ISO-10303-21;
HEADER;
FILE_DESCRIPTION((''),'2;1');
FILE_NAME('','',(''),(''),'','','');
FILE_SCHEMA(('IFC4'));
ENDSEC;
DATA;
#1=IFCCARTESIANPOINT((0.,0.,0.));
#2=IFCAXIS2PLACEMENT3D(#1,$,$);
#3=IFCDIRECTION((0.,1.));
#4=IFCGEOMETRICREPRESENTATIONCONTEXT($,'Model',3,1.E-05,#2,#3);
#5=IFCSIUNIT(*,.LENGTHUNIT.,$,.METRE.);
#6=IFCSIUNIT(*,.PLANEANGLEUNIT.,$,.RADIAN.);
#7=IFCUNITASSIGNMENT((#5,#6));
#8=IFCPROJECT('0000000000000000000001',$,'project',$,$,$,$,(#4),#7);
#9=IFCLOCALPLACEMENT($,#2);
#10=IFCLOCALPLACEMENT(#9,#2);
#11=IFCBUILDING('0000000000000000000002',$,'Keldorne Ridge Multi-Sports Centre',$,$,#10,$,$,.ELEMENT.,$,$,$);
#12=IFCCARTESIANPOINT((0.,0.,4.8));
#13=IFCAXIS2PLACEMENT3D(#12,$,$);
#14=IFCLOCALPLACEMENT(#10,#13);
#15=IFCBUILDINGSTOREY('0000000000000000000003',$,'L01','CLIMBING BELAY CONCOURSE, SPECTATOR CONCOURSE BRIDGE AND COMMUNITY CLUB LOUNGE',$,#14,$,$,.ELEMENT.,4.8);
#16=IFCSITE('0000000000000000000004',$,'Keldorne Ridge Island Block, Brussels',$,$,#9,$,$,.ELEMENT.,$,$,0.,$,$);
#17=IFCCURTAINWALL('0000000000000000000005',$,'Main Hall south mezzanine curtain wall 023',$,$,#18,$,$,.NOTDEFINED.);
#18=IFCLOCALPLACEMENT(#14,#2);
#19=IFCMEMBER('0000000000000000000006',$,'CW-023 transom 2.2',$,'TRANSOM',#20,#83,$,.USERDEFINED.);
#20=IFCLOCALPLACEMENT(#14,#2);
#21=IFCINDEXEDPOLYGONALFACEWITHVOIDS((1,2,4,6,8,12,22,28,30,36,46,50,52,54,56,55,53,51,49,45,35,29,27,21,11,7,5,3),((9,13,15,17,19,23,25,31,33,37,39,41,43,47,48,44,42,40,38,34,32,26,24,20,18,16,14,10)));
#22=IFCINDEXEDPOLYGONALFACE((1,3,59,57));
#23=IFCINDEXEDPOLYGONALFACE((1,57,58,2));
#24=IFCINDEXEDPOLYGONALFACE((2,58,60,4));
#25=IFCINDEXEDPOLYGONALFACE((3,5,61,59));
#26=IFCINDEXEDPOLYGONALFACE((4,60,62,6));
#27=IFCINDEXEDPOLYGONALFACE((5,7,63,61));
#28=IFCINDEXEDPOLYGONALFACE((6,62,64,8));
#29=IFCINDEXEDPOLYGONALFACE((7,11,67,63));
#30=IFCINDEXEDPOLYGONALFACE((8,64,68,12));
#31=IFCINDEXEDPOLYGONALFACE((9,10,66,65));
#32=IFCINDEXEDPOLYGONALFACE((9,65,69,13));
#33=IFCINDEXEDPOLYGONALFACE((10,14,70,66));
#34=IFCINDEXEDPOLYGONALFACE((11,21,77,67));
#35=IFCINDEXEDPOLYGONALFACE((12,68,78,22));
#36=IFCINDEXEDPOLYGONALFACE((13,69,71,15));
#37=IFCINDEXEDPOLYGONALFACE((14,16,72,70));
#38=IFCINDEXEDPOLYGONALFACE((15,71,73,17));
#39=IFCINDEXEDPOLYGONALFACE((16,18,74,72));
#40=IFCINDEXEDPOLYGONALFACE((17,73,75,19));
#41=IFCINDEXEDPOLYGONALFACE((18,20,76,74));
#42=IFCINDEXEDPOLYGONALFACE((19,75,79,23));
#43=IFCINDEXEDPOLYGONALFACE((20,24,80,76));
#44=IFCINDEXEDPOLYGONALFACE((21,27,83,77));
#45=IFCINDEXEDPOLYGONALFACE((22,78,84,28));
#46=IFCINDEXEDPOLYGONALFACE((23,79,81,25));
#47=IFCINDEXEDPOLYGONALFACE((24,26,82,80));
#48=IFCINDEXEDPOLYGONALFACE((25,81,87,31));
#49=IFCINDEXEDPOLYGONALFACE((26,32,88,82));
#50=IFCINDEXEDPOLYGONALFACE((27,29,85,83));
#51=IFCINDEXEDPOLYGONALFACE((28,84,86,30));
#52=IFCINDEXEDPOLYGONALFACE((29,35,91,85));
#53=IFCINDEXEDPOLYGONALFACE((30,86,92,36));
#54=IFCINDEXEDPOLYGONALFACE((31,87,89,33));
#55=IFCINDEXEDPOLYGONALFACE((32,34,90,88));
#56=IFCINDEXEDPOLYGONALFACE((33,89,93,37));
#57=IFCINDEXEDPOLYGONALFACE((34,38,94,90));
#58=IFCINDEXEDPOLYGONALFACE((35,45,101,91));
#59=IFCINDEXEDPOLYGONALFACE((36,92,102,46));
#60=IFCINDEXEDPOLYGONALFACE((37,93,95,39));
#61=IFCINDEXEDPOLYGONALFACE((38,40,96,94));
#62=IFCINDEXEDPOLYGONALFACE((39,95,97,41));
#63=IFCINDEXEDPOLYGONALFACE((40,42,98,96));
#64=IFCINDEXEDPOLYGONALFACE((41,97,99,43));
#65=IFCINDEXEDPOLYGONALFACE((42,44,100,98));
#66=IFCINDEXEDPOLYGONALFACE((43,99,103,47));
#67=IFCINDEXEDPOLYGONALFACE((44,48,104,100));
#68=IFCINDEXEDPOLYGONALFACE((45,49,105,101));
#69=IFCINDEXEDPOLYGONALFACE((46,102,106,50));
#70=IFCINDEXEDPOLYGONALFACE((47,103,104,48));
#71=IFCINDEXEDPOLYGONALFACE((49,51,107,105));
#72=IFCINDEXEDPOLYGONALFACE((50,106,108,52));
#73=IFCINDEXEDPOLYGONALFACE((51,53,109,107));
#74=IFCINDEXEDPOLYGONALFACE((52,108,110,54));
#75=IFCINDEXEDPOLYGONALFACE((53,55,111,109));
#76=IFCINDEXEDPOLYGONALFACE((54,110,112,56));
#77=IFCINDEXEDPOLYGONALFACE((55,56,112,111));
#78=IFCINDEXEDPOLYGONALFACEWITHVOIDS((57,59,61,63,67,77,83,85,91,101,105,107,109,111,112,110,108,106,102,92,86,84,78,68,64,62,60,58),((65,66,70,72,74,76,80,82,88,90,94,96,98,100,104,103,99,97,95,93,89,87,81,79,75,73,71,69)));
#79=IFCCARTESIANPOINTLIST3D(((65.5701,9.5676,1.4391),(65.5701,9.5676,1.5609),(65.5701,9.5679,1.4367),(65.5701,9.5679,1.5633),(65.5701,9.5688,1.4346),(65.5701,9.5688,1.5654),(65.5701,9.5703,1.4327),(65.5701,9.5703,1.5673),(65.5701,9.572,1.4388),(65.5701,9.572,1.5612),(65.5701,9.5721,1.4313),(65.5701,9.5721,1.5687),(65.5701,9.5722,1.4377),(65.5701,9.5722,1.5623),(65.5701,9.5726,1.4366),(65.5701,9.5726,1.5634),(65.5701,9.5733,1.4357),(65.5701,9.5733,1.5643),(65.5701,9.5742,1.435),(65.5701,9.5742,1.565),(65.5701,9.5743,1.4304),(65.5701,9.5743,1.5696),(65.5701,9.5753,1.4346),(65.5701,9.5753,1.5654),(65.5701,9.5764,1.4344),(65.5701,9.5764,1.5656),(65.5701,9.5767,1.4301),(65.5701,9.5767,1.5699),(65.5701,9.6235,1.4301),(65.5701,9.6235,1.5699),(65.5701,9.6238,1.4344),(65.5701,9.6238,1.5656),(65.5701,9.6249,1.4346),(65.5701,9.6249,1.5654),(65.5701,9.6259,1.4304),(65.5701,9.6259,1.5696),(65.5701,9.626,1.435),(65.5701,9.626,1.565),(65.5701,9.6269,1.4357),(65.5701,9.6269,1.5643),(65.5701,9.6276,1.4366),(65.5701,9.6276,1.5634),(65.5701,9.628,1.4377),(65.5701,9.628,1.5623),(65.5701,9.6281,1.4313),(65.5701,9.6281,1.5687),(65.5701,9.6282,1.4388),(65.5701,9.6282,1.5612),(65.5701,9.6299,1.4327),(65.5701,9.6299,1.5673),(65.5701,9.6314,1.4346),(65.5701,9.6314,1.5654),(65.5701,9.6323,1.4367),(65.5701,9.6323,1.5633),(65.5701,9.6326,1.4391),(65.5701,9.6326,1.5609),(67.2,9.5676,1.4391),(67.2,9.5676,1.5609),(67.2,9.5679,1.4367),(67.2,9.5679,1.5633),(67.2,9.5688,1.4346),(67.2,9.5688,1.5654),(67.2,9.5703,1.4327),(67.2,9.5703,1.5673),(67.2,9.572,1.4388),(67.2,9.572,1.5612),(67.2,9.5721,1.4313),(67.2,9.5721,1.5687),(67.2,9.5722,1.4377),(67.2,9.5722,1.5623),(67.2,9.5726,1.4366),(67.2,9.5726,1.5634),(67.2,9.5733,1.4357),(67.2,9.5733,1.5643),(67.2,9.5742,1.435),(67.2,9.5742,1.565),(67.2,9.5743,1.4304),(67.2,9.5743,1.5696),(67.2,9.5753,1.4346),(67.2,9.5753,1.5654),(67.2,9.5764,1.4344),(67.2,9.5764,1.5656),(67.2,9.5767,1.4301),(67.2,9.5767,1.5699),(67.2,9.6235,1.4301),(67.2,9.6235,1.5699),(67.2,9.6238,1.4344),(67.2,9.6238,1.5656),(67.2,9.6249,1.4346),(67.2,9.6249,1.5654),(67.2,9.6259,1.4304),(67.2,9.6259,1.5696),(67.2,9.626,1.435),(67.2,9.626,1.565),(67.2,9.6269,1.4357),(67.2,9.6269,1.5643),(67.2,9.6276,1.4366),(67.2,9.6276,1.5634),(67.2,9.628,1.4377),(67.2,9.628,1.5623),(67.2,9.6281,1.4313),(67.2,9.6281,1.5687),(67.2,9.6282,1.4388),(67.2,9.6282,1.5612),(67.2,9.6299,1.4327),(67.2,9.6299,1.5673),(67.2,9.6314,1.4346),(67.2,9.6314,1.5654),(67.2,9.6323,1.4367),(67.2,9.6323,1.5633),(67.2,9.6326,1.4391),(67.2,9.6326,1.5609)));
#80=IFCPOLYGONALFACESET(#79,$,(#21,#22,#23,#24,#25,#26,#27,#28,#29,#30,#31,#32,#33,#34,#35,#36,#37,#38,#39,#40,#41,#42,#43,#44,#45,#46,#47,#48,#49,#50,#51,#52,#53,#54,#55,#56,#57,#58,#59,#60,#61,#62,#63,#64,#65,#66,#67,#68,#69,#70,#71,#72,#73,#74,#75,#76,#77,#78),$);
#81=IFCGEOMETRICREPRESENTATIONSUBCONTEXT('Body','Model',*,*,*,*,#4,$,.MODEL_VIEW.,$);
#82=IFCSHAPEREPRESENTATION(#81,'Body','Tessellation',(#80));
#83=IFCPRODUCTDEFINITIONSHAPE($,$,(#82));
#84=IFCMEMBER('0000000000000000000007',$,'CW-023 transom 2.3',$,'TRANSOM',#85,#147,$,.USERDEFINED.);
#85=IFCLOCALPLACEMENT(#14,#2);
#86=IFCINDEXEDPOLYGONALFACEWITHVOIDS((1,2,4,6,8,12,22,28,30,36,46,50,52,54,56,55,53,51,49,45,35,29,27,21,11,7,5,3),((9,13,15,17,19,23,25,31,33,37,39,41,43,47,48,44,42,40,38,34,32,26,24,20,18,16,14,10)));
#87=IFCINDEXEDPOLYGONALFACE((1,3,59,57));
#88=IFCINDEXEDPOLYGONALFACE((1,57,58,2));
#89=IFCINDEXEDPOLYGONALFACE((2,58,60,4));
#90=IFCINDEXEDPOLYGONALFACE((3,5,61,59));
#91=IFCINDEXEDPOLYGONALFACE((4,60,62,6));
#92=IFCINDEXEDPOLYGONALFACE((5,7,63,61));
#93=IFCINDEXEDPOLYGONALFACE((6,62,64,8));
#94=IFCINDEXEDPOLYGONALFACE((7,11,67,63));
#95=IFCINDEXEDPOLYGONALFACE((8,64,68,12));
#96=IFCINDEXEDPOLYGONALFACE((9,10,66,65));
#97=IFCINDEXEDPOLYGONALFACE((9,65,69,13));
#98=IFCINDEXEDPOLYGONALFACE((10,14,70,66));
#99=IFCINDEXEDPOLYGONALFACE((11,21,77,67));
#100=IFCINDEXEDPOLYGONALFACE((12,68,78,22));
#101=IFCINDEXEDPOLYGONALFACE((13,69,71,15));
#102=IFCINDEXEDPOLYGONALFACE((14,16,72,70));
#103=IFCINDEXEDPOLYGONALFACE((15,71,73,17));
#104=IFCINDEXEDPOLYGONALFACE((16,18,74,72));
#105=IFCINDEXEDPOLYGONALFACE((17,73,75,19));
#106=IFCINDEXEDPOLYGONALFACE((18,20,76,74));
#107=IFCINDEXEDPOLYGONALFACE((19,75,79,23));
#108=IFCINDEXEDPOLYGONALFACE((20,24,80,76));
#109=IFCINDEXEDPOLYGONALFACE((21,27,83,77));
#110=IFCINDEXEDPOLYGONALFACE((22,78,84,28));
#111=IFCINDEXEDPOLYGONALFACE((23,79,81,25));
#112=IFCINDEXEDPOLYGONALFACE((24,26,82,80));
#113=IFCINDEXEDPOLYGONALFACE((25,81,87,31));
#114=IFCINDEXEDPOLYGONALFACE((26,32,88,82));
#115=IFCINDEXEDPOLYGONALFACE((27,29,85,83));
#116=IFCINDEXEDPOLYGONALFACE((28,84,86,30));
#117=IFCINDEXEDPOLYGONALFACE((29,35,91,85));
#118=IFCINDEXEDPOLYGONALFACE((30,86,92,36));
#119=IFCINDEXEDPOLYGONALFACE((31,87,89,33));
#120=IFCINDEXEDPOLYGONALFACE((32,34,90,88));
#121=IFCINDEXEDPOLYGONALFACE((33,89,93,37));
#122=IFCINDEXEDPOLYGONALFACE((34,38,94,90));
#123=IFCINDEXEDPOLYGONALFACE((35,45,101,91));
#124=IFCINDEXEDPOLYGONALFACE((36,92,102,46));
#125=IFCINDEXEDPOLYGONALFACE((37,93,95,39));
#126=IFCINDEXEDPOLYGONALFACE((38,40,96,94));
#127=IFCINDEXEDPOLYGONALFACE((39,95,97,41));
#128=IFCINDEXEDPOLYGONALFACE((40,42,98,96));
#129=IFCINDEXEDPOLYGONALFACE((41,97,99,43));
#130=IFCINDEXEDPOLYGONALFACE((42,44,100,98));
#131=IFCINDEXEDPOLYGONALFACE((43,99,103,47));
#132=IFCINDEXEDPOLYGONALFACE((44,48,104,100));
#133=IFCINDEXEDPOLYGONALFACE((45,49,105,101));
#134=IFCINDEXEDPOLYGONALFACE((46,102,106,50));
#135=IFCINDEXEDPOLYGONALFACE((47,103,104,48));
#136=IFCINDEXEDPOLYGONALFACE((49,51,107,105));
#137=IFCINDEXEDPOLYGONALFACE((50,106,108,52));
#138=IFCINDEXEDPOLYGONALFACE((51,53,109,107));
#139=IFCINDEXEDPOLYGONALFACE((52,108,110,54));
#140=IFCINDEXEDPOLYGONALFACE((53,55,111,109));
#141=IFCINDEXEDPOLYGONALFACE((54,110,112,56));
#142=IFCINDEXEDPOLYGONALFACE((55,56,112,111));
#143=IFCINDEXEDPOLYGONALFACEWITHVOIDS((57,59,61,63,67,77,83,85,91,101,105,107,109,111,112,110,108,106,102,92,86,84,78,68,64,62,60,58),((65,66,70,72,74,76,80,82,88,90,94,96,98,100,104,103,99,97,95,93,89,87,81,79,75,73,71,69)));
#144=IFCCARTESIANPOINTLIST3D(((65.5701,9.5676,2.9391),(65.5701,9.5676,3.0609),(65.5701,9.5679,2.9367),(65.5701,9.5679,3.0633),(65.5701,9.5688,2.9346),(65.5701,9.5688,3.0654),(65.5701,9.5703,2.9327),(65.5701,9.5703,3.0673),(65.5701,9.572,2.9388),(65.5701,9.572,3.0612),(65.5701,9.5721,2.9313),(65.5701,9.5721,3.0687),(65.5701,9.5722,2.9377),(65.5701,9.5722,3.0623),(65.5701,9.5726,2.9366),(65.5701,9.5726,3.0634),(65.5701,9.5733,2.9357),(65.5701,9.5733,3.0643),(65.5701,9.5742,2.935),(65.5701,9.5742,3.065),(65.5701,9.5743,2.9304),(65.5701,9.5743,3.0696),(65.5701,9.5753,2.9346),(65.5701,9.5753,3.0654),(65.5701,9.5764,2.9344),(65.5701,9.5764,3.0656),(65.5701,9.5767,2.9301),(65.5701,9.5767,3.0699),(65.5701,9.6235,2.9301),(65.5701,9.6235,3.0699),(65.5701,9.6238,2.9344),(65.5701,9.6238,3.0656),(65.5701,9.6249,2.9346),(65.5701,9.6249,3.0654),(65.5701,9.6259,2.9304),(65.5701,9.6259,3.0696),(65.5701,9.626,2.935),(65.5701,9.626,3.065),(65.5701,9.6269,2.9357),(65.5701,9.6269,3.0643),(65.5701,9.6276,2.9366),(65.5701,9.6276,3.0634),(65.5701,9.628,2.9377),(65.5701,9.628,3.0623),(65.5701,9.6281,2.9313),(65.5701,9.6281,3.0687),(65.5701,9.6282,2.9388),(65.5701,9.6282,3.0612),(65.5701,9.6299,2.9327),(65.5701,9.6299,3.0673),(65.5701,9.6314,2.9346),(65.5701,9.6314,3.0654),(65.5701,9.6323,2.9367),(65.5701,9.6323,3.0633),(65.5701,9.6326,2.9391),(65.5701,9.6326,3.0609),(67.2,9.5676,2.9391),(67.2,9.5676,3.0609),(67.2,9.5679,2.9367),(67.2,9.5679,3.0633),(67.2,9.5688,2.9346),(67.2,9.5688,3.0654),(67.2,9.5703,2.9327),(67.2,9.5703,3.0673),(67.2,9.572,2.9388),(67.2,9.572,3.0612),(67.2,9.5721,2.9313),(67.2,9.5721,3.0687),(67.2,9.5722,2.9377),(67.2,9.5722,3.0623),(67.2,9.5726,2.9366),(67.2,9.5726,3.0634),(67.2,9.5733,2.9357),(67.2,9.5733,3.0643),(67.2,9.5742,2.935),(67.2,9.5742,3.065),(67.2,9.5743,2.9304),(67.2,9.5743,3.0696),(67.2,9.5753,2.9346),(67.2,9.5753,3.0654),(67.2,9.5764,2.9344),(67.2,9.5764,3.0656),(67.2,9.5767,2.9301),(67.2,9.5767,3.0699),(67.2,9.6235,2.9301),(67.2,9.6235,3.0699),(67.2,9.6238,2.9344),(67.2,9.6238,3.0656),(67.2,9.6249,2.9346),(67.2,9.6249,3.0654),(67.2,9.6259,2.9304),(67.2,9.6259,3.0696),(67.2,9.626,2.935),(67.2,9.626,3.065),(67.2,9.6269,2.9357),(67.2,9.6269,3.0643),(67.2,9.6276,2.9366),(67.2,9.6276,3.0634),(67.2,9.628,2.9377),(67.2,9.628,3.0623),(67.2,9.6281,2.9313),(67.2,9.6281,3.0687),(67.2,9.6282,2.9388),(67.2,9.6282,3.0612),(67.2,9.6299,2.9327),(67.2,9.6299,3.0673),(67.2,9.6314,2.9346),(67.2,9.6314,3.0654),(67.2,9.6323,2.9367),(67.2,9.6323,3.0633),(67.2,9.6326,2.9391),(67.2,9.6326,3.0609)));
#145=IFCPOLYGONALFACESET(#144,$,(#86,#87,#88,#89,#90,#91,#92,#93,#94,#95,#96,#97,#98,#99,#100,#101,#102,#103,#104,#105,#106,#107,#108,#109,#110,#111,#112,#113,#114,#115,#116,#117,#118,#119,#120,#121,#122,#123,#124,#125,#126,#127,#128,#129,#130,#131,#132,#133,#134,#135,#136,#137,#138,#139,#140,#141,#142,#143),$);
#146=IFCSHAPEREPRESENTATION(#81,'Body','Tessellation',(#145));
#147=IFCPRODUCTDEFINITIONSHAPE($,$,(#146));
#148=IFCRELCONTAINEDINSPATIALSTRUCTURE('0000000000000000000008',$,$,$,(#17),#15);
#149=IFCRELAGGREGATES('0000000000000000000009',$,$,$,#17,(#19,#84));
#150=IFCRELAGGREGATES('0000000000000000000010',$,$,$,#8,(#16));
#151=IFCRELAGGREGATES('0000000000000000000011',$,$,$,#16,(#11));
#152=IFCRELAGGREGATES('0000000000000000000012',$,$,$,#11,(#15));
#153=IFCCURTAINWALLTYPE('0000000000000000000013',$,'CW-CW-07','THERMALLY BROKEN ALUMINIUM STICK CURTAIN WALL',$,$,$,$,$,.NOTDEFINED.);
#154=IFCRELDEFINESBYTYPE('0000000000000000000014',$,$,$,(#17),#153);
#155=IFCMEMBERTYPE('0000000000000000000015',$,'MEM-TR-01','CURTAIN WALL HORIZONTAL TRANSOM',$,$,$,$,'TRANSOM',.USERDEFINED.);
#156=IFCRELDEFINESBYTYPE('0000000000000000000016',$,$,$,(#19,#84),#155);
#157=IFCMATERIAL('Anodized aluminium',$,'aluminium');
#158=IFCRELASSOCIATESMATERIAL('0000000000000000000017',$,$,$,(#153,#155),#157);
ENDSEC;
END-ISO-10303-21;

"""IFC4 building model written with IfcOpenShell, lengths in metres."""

from ifc_helpers import new_model, si_unit, direction, frame, origin, origin_2d, place, context, subcontext, project, spatial, hollow_rectangle, extrude, material, material_profile, profile_set, type_object, element, aggregate, save


model = new_model("IFC4")

# Units and contexts
model_context = context("Model", 3, precision=1e-05, world=origin(), true_north=direction((0.0, 1.0)))
body_context = subcontext(model_context, "Body", "Model", "MODEL_VIEW")
ifc_project = project(units=[si_unit("LENGTHUNIT", "METRE"), si_unit("PLANEANGLEUNIT", "RADIAN")], contexts=[model_context])

# Site, building, storey
site_placement = place(None, origin())
site = spatial("IfcSite", under=ifc_project, at=site_placement, Name="Keldorne Ridge Island Block, Brussels", CompositionType="ELEMENT", RefElevation=0.0)
building_placement = place(site_placement, origin())
building = spatial("IfcBuilding", under=site, at=building_placement, Name="Keldorne Ridge Multi-Sports Centre", CompositionType="ELEMENT")
storey_placement = place(building_placement, frame((0.0, 0.0, 4.8)))
storey = spatial("IfcBuildingStorey", under=building, at=storey_placement, Name="L01", Description="CLIMBING BELAY CONCOURSE, SPECTATOR CONCOURSE BRIDGE AND COMMUNITY CLUB LOUNGE", CompositionType="ELEMENT", Elevation=4.8)

# Shared definitions
ifc_material_1 = material(Name="Anodized aluminium", Category="aluminium")

# Curtain wall, members
curtain_wall_type_1 = type_object("IfcCurtainWallType", Name="CW-CW-07", Description="THERMALLY BROKEN ALUMINIUM STICK CURTAIN WALL", PredefinedType="NOTDEFINED", material=ifc_material_1)
curtain_wall_1_placement = place(storey_placement, origin())
curtain_wall_1 = element("IfcCurtainWall", 1, at=curtain_wall_1_placement, inside=storey, type_object=curtain_wall_type_1, Name="Main Hall south mezzanine curtain wall 023", PredefinedType="NOTDEFINED")
ifc_material_profile_1 = material_profile(ifc_material_1, hollow_rectangle(XDim=0.0649, YDim=0.1399, WallThickness=0.0044, InnerFilletRadius=0.0044, OuterFilletRadius=0.009, at=origin_2d()), Name="ALU TRANSOM 140x65x4.5")
ifc_profile_set_1 = profile_set([ifc_material_profile_1], Name="Anodized aluminium")
member_type_1 = type_object("IfcMemberType", Name="MEM-TR-01", Description="CURTAIN WALL HORIZONTAL TRANSOM", ElementType="TRANSOM", PredefinedType="USERDEFINED", material=ifc_profile_set_1)
member_1_placement = place(storey_placement, frame((65.5701, 9.6001, 1.5), z_axis=(1.0, 0.0, 0.0), x_axis=(0.0, 1.0, 0.0)))
member_1 = element("IfcMember", 2, at=member_1_placement, type_object=member_type_1, Name="CW-023 transom 2.2", ObjectType="TRANSOM", PredefinedType="USERDEFINED", context=body_context, shape_type="SweptSolid", body=[
    extrude(hollow_rectangle(XDim=0.0649, YDim=0.1399, WallThickness=0.0044, InnerFilletRadius=0.0044, OuterFilletRadius=0.009, at=origin_2d()), origin(), (0.0, 0.0, 1.0), 1.6299),
])
member_2_placement = place(storey_placement, frame((65.5701, 9.6001, 3.0), z_axis=(1.0, 0.0, 0.0), x_axis=(0.0, 1.0, 0.0)))
member_2 = element("IfcMember", 3, at=member_2_placement, type_object=member_type_1, Name="CW-023 transom 2.3", ObjectType="TRANSOM", PredefinedType="USERDEFINED", context=body_context, shape_type="SweptSolid", body=[
    extrude(hollow_rectangle(XDim=0.0649, YDim=0.1399, WallThickness=0.0044, InnerFilletRadius=0.0044, OuterFilletRadius=0.009, at=origin_2d()), origin(), (0.0, 0.0, 1.0), 1.6299),
])

aggregate(curtain_wall_1, [member_1, member_2])

save(model, "model.ifc")
